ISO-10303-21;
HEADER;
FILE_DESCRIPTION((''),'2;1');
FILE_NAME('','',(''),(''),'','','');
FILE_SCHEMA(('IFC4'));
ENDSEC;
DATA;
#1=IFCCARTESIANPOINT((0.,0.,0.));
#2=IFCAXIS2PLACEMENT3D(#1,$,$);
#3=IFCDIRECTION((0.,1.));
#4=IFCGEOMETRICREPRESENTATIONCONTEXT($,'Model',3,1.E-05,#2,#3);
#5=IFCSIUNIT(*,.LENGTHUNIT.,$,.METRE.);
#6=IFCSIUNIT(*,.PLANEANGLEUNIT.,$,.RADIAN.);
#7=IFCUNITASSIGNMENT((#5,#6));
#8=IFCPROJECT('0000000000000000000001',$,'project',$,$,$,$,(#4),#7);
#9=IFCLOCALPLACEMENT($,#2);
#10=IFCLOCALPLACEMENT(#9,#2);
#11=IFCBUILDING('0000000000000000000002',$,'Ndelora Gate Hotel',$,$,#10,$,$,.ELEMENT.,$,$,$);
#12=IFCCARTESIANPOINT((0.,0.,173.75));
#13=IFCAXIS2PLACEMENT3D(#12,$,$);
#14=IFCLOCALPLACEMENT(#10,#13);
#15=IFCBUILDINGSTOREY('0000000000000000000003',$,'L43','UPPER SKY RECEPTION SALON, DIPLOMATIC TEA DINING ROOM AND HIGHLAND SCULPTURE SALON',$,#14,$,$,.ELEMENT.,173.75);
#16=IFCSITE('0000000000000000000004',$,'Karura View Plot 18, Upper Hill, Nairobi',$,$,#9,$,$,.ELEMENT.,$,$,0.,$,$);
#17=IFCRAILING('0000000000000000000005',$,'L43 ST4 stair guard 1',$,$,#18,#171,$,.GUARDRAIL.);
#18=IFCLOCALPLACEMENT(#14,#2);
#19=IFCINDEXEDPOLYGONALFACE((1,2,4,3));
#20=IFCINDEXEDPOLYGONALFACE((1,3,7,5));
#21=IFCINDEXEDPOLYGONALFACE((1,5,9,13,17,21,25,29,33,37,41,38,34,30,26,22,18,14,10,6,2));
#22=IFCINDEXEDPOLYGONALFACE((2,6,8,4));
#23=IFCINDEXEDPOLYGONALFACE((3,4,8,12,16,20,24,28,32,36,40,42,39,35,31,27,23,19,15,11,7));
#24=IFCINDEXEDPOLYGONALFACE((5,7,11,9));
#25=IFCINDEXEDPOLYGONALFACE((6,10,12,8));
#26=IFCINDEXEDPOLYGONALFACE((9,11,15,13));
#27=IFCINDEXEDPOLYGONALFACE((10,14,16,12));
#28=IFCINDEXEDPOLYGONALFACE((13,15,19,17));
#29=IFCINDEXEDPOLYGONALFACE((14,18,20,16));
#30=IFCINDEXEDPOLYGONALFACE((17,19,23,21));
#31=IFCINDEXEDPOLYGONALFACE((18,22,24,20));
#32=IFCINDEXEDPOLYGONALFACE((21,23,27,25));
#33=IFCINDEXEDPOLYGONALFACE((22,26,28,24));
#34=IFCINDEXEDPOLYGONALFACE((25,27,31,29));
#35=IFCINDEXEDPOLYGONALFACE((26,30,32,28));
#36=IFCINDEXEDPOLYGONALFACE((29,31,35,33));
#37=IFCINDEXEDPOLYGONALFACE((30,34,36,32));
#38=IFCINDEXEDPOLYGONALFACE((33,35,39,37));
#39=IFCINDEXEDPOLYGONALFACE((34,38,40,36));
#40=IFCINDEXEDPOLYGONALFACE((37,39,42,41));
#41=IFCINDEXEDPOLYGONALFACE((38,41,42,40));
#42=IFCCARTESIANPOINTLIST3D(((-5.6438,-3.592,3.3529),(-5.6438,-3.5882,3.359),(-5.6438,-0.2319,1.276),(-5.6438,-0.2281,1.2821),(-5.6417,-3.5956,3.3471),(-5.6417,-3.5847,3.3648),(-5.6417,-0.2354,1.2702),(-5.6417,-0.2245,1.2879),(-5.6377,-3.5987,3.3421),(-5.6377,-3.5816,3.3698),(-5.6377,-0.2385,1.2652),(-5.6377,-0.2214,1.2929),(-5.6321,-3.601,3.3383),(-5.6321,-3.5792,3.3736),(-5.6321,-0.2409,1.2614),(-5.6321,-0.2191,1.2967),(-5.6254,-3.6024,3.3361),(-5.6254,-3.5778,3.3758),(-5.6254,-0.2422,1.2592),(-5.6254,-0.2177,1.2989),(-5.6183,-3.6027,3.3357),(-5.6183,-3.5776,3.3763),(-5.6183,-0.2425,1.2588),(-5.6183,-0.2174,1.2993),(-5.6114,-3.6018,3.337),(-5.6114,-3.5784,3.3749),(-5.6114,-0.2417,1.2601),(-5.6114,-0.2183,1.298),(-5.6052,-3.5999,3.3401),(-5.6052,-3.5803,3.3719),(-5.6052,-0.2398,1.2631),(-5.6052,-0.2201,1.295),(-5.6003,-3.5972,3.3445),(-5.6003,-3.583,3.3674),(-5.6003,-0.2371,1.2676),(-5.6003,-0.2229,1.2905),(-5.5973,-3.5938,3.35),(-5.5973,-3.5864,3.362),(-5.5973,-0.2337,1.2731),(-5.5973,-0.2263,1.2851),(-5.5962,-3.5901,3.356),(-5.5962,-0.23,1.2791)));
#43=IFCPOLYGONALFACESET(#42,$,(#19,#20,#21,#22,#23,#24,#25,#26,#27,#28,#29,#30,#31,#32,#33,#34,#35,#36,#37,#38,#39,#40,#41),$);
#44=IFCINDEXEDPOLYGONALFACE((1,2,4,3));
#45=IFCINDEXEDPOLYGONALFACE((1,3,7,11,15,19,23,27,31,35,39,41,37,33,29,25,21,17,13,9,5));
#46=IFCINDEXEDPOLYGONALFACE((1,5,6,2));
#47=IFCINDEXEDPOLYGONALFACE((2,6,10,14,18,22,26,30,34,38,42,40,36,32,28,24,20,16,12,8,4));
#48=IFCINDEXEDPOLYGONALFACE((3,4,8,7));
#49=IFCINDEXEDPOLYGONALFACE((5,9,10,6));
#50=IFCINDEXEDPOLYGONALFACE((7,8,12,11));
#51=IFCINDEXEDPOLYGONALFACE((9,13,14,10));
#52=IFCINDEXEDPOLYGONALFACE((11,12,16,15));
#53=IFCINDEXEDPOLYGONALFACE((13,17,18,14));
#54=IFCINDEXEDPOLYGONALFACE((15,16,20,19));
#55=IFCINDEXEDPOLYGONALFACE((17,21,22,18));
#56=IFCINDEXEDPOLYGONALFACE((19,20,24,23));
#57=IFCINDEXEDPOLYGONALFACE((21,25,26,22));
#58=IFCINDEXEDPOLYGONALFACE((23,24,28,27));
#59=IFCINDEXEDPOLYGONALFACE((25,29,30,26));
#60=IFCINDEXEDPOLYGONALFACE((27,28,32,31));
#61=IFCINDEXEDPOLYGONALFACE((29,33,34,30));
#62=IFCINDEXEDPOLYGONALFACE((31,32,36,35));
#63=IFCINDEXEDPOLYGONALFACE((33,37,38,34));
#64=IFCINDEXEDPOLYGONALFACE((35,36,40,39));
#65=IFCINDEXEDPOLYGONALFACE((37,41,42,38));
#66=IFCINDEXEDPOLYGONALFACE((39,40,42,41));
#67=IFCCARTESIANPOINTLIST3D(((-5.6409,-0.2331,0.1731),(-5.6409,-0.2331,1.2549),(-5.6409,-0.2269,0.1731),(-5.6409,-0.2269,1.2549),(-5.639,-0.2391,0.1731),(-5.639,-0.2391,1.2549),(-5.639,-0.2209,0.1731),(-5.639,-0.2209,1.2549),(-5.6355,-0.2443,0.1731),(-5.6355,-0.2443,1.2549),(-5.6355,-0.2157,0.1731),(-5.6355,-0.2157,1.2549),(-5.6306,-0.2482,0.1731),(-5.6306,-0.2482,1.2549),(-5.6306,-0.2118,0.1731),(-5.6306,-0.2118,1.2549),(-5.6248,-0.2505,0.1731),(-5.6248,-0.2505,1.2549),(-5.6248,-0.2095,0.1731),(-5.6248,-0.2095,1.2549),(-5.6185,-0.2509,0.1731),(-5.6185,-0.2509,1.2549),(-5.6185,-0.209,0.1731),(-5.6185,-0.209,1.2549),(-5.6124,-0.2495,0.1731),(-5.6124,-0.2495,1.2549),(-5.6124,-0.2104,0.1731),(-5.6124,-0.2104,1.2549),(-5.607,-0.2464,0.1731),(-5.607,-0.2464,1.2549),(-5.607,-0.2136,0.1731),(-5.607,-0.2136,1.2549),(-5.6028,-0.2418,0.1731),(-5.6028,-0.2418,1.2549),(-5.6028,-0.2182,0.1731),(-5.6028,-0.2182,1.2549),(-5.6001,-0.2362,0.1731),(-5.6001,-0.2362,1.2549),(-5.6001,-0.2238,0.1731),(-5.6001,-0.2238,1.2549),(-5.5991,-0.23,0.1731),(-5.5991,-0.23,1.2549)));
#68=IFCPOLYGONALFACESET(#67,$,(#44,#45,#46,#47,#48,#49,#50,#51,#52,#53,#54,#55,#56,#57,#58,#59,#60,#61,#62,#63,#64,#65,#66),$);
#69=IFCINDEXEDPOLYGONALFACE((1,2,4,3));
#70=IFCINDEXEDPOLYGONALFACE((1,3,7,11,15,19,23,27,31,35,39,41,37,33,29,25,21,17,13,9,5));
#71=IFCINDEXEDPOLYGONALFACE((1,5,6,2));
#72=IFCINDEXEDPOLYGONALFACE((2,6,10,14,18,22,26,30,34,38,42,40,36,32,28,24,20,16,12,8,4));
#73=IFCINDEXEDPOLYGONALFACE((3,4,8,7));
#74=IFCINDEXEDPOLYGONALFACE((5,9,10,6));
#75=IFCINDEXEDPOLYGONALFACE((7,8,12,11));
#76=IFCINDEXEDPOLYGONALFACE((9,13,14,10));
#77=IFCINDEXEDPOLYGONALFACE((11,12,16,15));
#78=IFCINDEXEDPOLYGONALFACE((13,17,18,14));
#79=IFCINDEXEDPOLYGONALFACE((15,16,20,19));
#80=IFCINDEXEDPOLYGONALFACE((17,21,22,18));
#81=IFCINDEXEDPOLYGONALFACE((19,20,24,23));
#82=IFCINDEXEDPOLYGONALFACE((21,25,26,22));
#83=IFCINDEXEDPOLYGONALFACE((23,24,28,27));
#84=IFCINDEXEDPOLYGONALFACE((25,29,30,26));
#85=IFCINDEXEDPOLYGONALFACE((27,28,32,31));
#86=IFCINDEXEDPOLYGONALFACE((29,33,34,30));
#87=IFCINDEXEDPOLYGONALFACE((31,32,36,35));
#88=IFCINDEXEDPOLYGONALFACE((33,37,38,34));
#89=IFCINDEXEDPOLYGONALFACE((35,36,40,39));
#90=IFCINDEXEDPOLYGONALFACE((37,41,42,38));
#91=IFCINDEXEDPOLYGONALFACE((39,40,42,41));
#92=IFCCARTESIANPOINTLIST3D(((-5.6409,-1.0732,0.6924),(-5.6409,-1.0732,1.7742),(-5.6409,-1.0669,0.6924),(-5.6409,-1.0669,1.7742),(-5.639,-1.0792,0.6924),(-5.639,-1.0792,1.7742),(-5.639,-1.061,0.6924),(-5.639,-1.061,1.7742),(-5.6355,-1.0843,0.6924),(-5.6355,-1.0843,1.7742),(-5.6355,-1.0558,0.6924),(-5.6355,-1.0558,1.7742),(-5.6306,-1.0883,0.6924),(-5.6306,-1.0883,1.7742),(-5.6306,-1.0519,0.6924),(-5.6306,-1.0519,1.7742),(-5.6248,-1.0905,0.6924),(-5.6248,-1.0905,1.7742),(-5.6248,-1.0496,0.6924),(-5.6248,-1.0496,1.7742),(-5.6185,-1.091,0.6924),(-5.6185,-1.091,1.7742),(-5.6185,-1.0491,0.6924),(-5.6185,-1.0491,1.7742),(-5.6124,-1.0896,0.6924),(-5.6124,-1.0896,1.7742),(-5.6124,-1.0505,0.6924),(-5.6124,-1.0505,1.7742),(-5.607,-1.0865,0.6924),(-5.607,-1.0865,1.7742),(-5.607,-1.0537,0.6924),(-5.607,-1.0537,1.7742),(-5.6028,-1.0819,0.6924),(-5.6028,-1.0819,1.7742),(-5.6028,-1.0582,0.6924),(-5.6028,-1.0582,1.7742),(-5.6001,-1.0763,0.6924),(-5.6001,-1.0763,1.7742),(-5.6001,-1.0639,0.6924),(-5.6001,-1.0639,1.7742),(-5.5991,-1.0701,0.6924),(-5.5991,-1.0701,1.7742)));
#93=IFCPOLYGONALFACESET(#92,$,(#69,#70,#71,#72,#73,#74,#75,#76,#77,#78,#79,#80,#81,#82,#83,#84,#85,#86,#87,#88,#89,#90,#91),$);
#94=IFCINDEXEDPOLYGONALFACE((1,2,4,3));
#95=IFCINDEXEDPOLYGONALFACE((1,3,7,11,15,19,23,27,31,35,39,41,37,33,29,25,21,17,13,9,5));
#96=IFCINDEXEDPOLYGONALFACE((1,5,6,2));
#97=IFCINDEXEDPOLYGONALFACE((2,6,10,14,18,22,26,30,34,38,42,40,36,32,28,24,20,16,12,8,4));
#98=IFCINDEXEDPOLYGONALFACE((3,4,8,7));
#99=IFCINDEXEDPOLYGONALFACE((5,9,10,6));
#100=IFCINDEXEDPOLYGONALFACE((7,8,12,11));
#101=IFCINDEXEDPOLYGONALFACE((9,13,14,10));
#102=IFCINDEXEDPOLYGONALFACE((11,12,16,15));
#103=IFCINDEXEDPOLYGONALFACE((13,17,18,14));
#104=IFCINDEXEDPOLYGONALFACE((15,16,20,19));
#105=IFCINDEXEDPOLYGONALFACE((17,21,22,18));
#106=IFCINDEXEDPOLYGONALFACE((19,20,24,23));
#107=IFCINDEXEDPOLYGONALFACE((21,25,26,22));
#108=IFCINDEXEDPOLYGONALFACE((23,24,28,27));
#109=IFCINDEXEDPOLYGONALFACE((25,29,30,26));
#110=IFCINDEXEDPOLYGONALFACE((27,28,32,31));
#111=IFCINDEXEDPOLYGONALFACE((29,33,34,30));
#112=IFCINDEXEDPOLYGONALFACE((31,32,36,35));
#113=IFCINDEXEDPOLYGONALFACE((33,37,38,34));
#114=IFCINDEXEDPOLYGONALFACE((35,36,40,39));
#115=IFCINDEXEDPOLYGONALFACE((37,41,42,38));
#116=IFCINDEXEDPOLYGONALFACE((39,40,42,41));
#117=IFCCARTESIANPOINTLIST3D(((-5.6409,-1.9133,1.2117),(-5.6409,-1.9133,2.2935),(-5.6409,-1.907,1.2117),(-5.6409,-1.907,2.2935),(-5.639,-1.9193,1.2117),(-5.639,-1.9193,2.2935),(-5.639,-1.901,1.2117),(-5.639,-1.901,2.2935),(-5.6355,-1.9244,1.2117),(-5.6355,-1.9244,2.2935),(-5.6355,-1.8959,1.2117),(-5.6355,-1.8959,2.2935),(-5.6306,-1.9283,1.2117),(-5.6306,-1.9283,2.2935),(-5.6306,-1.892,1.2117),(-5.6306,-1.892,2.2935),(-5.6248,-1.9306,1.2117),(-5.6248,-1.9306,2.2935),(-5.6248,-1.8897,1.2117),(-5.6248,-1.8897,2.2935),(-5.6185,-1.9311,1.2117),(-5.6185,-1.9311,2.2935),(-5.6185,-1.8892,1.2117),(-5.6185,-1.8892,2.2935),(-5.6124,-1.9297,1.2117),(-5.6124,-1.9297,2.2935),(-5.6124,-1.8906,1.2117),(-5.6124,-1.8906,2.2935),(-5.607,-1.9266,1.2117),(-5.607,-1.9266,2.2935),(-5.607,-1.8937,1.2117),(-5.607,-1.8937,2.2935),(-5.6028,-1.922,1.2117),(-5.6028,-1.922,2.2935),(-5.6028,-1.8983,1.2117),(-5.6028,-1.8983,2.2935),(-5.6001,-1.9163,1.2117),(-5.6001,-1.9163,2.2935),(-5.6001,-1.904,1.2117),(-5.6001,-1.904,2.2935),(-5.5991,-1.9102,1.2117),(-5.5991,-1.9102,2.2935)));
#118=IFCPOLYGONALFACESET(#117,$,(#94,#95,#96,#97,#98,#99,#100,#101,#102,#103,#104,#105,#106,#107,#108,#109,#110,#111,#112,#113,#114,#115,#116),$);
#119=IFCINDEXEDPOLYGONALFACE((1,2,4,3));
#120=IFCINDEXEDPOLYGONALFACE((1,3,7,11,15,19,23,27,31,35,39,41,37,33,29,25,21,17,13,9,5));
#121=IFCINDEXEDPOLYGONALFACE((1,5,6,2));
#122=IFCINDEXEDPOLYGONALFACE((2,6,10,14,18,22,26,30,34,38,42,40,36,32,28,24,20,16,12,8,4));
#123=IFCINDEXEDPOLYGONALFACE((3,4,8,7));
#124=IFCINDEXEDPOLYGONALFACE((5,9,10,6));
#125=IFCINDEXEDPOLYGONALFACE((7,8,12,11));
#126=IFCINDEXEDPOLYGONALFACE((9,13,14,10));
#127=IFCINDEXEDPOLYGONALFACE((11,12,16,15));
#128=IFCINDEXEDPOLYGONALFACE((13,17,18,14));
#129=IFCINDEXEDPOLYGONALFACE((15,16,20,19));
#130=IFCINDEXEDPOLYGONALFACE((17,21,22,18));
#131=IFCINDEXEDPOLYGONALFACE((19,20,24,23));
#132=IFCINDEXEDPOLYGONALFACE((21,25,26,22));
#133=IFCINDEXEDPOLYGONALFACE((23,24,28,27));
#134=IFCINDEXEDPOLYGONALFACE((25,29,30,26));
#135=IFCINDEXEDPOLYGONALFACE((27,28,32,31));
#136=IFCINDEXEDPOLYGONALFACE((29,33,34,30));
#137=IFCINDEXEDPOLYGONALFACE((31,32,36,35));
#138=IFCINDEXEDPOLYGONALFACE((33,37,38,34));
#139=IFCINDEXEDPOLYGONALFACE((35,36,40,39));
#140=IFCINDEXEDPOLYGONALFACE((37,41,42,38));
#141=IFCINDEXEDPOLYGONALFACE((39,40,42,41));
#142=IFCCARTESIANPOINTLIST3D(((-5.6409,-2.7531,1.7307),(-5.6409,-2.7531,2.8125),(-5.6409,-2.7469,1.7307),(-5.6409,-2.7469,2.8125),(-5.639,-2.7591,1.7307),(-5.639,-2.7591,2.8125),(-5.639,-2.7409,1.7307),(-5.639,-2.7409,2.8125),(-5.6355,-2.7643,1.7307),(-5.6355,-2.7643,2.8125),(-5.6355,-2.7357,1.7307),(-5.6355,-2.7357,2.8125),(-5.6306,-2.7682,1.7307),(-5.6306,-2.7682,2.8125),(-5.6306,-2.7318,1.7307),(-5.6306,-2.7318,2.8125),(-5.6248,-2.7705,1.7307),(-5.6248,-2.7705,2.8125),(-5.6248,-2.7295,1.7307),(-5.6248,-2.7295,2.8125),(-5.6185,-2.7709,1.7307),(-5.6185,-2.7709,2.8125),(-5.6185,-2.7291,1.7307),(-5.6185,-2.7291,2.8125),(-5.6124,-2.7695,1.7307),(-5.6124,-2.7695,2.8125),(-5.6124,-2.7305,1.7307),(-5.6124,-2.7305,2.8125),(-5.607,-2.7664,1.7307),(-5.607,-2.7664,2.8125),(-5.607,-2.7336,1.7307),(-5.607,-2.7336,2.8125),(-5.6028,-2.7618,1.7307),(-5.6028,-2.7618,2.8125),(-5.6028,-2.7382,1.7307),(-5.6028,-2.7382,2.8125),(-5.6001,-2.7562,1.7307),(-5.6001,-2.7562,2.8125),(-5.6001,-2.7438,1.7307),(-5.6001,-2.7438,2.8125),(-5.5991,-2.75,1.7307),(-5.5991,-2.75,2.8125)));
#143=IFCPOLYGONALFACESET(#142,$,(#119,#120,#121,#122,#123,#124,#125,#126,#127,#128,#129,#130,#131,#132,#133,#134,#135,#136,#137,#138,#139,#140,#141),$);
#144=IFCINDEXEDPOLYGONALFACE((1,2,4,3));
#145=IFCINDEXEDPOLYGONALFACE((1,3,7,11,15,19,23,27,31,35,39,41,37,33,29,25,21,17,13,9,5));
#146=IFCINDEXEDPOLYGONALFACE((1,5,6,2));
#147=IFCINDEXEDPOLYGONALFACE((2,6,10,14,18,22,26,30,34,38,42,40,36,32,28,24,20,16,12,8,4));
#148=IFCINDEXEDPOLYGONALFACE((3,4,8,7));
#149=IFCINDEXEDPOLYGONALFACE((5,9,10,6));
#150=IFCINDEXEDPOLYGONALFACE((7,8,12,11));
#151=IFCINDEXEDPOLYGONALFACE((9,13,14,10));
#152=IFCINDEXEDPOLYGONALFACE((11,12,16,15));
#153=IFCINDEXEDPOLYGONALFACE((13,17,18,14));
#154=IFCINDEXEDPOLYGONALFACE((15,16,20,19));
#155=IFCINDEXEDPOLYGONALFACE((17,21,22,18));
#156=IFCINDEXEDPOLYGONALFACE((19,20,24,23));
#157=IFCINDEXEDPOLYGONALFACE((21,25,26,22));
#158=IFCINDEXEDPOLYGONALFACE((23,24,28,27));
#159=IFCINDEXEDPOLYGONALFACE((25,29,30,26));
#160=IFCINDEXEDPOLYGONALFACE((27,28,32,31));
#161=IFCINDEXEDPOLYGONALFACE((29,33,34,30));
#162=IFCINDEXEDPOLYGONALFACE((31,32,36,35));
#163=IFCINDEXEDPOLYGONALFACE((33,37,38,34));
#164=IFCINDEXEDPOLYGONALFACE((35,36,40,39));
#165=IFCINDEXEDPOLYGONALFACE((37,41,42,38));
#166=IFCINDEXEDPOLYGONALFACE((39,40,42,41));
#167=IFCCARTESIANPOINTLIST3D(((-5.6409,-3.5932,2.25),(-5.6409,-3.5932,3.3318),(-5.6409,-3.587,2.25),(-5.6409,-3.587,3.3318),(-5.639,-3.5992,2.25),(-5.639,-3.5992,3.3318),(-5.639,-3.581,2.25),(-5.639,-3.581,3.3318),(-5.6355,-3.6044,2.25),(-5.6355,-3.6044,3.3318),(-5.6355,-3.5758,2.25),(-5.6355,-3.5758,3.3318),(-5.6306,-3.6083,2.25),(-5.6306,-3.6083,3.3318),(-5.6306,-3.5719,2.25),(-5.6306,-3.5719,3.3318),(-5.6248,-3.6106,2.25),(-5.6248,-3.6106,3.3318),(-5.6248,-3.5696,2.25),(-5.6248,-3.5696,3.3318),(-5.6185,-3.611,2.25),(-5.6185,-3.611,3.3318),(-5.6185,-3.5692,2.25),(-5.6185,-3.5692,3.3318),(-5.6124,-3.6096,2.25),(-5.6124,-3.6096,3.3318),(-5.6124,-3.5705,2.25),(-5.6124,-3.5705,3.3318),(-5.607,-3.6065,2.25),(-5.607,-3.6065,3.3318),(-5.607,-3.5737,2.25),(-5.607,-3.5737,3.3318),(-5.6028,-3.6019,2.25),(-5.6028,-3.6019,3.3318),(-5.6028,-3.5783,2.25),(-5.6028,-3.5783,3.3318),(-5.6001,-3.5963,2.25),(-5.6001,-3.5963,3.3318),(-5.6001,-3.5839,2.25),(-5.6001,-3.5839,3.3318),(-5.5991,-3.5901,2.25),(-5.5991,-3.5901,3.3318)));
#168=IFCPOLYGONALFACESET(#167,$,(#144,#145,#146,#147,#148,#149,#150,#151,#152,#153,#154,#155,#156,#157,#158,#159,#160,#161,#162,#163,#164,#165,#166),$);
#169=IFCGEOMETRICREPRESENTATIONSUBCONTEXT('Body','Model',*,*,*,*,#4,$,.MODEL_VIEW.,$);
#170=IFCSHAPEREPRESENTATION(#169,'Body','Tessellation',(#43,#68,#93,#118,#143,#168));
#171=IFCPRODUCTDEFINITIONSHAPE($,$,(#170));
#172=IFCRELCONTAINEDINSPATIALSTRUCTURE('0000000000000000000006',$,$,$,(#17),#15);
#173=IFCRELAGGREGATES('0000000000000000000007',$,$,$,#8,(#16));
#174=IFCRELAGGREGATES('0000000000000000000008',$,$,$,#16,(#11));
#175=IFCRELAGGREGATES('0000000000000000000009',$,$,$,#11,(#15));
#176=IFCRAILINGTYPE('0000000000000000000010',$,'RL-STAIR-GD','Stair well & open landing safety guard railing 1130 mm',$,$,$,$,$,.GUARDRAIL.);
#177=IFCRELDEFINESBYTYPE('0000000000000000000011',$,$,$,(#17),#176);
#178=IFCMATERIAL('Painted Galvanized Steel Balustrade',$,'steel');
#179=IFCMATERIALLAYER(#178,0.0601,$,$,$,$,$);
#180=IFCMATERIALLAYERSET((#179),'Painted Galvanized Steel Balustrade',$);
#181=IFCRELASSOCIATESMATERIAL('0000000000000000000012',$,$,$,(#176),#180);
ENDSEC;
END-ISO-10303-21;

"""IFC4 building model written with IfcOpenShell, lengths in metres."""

from ifc_helpers import new_model, si_unit, direction, frame, origin, origin_2d, place, context, subcontext, project, spatial, circle, extrude, material, layer, layer_set, type_object, element, save


model = new_model("IFC4")

# Units and contexts
model_context = context("Model", 3, precision=1e-05, world=origin(), true_north=direction((0.0, 1.0)))
body_context = subcontext(model_context, "Body", "Model", "MODEL_VIEW")
ifc_project = project(units=[si_unit("LENGTHUNIT", "METRE"), si_unit("PLANEANGLEUNIT", "RADIAN")], contexts=[model_context])

# Site, building, storey
site_placement = place(None, origin())
site = spatial("IfcSite", under=ifc_project, at=site_placement, Name="Karura View Plot 18, Upper Hill, Nairobi", CompositionType="ELEMENT", RefElevation=0.0)
building_placement = place(site_placement, origin())
building = spatial("IfcBuilding", under=site, at=building_placement, Name="Ndelora Gate Hotel", CompositionType="ELEMENT")
storey_placement = place(building_placement, frame((0.0, 0.0, 173.75)))
storey = spatial("IfcBuildingStorey", under=building, at=storey_placement, Name="L43", Description="UPPER SKY RECEPTION SALON, DIPLOMATIC TEA DINING ROOM AND HIGHLAND SCULPTURE SALON", CompositionType="ELEMENT", Elevation=173.75)

# Railing
ifc_material_1 = material(Name="Painted Galvanized Steel Balustrade", Category="steel")
ifc_layer_1 = layer(ifc_material_1, 0.0601)
ifc_layer_set_1 = layer_set([ifc_layer_1], Name="Painted Galvanized Steel Balustrade")
railing_type_1 = type_object("IfcRailingType", Name="RL-STAIR-GD", Description="Stair well & open landing safety guard railing 1130 mm", PredefinedType="GUARDRAIL", material=ifc_layer_set_1)
railing_1_placement = place(storey_placement, frame((-5.6201, -0.23, 0.1731)))
element("IfcRailing", 1, at=railing_1_placement, inside=storey, type_object=railing_type_1, Name="L43 ST4 stair guard 1", PredefinedType="GUARDRAIL", context=body_context, shape_type="SweptSolid", body=[
    extrude(circle(Radius=0.0239, at=origin_2d()), frame((0.0, 0.0, 1.106), z_axis=(0.0, -0.850623, 0.525776), x_axis=(1.0, 0.0, 0.0)), (0.0, 0.0, 1.0), 3.9502),
    extrude(circle(Radius=0.021, at=origin_2d()), origin(), (0.0, 0.0, 1.0), 1.0818),
    extrude(circle(Radius=0.021, at=origin_2d()), frame((0.0, -0.8401, 0.5193)), (0.0, 0.0, 1.0), 1.0818),
    extrude(circle(Radius=0.021, at=origin_2d()), frame((0.0, -1.6802, 1.0386)), (0.0, 0.0, 1.0), 1.0818),
    extrude(circle(Radius=0.021, at=origin_2d()), frame((0.0, -2.52, 1.5576)), (0.0, 0.0, 1.0), 1.0818),
    extrude(circle(Radius=0.021, at=origin_2d()), frame((0.0, -3.3601, 2.0769)), (0.0, 0.0, 1.0), 1.0818),
])

save(model, "model.ifc")
